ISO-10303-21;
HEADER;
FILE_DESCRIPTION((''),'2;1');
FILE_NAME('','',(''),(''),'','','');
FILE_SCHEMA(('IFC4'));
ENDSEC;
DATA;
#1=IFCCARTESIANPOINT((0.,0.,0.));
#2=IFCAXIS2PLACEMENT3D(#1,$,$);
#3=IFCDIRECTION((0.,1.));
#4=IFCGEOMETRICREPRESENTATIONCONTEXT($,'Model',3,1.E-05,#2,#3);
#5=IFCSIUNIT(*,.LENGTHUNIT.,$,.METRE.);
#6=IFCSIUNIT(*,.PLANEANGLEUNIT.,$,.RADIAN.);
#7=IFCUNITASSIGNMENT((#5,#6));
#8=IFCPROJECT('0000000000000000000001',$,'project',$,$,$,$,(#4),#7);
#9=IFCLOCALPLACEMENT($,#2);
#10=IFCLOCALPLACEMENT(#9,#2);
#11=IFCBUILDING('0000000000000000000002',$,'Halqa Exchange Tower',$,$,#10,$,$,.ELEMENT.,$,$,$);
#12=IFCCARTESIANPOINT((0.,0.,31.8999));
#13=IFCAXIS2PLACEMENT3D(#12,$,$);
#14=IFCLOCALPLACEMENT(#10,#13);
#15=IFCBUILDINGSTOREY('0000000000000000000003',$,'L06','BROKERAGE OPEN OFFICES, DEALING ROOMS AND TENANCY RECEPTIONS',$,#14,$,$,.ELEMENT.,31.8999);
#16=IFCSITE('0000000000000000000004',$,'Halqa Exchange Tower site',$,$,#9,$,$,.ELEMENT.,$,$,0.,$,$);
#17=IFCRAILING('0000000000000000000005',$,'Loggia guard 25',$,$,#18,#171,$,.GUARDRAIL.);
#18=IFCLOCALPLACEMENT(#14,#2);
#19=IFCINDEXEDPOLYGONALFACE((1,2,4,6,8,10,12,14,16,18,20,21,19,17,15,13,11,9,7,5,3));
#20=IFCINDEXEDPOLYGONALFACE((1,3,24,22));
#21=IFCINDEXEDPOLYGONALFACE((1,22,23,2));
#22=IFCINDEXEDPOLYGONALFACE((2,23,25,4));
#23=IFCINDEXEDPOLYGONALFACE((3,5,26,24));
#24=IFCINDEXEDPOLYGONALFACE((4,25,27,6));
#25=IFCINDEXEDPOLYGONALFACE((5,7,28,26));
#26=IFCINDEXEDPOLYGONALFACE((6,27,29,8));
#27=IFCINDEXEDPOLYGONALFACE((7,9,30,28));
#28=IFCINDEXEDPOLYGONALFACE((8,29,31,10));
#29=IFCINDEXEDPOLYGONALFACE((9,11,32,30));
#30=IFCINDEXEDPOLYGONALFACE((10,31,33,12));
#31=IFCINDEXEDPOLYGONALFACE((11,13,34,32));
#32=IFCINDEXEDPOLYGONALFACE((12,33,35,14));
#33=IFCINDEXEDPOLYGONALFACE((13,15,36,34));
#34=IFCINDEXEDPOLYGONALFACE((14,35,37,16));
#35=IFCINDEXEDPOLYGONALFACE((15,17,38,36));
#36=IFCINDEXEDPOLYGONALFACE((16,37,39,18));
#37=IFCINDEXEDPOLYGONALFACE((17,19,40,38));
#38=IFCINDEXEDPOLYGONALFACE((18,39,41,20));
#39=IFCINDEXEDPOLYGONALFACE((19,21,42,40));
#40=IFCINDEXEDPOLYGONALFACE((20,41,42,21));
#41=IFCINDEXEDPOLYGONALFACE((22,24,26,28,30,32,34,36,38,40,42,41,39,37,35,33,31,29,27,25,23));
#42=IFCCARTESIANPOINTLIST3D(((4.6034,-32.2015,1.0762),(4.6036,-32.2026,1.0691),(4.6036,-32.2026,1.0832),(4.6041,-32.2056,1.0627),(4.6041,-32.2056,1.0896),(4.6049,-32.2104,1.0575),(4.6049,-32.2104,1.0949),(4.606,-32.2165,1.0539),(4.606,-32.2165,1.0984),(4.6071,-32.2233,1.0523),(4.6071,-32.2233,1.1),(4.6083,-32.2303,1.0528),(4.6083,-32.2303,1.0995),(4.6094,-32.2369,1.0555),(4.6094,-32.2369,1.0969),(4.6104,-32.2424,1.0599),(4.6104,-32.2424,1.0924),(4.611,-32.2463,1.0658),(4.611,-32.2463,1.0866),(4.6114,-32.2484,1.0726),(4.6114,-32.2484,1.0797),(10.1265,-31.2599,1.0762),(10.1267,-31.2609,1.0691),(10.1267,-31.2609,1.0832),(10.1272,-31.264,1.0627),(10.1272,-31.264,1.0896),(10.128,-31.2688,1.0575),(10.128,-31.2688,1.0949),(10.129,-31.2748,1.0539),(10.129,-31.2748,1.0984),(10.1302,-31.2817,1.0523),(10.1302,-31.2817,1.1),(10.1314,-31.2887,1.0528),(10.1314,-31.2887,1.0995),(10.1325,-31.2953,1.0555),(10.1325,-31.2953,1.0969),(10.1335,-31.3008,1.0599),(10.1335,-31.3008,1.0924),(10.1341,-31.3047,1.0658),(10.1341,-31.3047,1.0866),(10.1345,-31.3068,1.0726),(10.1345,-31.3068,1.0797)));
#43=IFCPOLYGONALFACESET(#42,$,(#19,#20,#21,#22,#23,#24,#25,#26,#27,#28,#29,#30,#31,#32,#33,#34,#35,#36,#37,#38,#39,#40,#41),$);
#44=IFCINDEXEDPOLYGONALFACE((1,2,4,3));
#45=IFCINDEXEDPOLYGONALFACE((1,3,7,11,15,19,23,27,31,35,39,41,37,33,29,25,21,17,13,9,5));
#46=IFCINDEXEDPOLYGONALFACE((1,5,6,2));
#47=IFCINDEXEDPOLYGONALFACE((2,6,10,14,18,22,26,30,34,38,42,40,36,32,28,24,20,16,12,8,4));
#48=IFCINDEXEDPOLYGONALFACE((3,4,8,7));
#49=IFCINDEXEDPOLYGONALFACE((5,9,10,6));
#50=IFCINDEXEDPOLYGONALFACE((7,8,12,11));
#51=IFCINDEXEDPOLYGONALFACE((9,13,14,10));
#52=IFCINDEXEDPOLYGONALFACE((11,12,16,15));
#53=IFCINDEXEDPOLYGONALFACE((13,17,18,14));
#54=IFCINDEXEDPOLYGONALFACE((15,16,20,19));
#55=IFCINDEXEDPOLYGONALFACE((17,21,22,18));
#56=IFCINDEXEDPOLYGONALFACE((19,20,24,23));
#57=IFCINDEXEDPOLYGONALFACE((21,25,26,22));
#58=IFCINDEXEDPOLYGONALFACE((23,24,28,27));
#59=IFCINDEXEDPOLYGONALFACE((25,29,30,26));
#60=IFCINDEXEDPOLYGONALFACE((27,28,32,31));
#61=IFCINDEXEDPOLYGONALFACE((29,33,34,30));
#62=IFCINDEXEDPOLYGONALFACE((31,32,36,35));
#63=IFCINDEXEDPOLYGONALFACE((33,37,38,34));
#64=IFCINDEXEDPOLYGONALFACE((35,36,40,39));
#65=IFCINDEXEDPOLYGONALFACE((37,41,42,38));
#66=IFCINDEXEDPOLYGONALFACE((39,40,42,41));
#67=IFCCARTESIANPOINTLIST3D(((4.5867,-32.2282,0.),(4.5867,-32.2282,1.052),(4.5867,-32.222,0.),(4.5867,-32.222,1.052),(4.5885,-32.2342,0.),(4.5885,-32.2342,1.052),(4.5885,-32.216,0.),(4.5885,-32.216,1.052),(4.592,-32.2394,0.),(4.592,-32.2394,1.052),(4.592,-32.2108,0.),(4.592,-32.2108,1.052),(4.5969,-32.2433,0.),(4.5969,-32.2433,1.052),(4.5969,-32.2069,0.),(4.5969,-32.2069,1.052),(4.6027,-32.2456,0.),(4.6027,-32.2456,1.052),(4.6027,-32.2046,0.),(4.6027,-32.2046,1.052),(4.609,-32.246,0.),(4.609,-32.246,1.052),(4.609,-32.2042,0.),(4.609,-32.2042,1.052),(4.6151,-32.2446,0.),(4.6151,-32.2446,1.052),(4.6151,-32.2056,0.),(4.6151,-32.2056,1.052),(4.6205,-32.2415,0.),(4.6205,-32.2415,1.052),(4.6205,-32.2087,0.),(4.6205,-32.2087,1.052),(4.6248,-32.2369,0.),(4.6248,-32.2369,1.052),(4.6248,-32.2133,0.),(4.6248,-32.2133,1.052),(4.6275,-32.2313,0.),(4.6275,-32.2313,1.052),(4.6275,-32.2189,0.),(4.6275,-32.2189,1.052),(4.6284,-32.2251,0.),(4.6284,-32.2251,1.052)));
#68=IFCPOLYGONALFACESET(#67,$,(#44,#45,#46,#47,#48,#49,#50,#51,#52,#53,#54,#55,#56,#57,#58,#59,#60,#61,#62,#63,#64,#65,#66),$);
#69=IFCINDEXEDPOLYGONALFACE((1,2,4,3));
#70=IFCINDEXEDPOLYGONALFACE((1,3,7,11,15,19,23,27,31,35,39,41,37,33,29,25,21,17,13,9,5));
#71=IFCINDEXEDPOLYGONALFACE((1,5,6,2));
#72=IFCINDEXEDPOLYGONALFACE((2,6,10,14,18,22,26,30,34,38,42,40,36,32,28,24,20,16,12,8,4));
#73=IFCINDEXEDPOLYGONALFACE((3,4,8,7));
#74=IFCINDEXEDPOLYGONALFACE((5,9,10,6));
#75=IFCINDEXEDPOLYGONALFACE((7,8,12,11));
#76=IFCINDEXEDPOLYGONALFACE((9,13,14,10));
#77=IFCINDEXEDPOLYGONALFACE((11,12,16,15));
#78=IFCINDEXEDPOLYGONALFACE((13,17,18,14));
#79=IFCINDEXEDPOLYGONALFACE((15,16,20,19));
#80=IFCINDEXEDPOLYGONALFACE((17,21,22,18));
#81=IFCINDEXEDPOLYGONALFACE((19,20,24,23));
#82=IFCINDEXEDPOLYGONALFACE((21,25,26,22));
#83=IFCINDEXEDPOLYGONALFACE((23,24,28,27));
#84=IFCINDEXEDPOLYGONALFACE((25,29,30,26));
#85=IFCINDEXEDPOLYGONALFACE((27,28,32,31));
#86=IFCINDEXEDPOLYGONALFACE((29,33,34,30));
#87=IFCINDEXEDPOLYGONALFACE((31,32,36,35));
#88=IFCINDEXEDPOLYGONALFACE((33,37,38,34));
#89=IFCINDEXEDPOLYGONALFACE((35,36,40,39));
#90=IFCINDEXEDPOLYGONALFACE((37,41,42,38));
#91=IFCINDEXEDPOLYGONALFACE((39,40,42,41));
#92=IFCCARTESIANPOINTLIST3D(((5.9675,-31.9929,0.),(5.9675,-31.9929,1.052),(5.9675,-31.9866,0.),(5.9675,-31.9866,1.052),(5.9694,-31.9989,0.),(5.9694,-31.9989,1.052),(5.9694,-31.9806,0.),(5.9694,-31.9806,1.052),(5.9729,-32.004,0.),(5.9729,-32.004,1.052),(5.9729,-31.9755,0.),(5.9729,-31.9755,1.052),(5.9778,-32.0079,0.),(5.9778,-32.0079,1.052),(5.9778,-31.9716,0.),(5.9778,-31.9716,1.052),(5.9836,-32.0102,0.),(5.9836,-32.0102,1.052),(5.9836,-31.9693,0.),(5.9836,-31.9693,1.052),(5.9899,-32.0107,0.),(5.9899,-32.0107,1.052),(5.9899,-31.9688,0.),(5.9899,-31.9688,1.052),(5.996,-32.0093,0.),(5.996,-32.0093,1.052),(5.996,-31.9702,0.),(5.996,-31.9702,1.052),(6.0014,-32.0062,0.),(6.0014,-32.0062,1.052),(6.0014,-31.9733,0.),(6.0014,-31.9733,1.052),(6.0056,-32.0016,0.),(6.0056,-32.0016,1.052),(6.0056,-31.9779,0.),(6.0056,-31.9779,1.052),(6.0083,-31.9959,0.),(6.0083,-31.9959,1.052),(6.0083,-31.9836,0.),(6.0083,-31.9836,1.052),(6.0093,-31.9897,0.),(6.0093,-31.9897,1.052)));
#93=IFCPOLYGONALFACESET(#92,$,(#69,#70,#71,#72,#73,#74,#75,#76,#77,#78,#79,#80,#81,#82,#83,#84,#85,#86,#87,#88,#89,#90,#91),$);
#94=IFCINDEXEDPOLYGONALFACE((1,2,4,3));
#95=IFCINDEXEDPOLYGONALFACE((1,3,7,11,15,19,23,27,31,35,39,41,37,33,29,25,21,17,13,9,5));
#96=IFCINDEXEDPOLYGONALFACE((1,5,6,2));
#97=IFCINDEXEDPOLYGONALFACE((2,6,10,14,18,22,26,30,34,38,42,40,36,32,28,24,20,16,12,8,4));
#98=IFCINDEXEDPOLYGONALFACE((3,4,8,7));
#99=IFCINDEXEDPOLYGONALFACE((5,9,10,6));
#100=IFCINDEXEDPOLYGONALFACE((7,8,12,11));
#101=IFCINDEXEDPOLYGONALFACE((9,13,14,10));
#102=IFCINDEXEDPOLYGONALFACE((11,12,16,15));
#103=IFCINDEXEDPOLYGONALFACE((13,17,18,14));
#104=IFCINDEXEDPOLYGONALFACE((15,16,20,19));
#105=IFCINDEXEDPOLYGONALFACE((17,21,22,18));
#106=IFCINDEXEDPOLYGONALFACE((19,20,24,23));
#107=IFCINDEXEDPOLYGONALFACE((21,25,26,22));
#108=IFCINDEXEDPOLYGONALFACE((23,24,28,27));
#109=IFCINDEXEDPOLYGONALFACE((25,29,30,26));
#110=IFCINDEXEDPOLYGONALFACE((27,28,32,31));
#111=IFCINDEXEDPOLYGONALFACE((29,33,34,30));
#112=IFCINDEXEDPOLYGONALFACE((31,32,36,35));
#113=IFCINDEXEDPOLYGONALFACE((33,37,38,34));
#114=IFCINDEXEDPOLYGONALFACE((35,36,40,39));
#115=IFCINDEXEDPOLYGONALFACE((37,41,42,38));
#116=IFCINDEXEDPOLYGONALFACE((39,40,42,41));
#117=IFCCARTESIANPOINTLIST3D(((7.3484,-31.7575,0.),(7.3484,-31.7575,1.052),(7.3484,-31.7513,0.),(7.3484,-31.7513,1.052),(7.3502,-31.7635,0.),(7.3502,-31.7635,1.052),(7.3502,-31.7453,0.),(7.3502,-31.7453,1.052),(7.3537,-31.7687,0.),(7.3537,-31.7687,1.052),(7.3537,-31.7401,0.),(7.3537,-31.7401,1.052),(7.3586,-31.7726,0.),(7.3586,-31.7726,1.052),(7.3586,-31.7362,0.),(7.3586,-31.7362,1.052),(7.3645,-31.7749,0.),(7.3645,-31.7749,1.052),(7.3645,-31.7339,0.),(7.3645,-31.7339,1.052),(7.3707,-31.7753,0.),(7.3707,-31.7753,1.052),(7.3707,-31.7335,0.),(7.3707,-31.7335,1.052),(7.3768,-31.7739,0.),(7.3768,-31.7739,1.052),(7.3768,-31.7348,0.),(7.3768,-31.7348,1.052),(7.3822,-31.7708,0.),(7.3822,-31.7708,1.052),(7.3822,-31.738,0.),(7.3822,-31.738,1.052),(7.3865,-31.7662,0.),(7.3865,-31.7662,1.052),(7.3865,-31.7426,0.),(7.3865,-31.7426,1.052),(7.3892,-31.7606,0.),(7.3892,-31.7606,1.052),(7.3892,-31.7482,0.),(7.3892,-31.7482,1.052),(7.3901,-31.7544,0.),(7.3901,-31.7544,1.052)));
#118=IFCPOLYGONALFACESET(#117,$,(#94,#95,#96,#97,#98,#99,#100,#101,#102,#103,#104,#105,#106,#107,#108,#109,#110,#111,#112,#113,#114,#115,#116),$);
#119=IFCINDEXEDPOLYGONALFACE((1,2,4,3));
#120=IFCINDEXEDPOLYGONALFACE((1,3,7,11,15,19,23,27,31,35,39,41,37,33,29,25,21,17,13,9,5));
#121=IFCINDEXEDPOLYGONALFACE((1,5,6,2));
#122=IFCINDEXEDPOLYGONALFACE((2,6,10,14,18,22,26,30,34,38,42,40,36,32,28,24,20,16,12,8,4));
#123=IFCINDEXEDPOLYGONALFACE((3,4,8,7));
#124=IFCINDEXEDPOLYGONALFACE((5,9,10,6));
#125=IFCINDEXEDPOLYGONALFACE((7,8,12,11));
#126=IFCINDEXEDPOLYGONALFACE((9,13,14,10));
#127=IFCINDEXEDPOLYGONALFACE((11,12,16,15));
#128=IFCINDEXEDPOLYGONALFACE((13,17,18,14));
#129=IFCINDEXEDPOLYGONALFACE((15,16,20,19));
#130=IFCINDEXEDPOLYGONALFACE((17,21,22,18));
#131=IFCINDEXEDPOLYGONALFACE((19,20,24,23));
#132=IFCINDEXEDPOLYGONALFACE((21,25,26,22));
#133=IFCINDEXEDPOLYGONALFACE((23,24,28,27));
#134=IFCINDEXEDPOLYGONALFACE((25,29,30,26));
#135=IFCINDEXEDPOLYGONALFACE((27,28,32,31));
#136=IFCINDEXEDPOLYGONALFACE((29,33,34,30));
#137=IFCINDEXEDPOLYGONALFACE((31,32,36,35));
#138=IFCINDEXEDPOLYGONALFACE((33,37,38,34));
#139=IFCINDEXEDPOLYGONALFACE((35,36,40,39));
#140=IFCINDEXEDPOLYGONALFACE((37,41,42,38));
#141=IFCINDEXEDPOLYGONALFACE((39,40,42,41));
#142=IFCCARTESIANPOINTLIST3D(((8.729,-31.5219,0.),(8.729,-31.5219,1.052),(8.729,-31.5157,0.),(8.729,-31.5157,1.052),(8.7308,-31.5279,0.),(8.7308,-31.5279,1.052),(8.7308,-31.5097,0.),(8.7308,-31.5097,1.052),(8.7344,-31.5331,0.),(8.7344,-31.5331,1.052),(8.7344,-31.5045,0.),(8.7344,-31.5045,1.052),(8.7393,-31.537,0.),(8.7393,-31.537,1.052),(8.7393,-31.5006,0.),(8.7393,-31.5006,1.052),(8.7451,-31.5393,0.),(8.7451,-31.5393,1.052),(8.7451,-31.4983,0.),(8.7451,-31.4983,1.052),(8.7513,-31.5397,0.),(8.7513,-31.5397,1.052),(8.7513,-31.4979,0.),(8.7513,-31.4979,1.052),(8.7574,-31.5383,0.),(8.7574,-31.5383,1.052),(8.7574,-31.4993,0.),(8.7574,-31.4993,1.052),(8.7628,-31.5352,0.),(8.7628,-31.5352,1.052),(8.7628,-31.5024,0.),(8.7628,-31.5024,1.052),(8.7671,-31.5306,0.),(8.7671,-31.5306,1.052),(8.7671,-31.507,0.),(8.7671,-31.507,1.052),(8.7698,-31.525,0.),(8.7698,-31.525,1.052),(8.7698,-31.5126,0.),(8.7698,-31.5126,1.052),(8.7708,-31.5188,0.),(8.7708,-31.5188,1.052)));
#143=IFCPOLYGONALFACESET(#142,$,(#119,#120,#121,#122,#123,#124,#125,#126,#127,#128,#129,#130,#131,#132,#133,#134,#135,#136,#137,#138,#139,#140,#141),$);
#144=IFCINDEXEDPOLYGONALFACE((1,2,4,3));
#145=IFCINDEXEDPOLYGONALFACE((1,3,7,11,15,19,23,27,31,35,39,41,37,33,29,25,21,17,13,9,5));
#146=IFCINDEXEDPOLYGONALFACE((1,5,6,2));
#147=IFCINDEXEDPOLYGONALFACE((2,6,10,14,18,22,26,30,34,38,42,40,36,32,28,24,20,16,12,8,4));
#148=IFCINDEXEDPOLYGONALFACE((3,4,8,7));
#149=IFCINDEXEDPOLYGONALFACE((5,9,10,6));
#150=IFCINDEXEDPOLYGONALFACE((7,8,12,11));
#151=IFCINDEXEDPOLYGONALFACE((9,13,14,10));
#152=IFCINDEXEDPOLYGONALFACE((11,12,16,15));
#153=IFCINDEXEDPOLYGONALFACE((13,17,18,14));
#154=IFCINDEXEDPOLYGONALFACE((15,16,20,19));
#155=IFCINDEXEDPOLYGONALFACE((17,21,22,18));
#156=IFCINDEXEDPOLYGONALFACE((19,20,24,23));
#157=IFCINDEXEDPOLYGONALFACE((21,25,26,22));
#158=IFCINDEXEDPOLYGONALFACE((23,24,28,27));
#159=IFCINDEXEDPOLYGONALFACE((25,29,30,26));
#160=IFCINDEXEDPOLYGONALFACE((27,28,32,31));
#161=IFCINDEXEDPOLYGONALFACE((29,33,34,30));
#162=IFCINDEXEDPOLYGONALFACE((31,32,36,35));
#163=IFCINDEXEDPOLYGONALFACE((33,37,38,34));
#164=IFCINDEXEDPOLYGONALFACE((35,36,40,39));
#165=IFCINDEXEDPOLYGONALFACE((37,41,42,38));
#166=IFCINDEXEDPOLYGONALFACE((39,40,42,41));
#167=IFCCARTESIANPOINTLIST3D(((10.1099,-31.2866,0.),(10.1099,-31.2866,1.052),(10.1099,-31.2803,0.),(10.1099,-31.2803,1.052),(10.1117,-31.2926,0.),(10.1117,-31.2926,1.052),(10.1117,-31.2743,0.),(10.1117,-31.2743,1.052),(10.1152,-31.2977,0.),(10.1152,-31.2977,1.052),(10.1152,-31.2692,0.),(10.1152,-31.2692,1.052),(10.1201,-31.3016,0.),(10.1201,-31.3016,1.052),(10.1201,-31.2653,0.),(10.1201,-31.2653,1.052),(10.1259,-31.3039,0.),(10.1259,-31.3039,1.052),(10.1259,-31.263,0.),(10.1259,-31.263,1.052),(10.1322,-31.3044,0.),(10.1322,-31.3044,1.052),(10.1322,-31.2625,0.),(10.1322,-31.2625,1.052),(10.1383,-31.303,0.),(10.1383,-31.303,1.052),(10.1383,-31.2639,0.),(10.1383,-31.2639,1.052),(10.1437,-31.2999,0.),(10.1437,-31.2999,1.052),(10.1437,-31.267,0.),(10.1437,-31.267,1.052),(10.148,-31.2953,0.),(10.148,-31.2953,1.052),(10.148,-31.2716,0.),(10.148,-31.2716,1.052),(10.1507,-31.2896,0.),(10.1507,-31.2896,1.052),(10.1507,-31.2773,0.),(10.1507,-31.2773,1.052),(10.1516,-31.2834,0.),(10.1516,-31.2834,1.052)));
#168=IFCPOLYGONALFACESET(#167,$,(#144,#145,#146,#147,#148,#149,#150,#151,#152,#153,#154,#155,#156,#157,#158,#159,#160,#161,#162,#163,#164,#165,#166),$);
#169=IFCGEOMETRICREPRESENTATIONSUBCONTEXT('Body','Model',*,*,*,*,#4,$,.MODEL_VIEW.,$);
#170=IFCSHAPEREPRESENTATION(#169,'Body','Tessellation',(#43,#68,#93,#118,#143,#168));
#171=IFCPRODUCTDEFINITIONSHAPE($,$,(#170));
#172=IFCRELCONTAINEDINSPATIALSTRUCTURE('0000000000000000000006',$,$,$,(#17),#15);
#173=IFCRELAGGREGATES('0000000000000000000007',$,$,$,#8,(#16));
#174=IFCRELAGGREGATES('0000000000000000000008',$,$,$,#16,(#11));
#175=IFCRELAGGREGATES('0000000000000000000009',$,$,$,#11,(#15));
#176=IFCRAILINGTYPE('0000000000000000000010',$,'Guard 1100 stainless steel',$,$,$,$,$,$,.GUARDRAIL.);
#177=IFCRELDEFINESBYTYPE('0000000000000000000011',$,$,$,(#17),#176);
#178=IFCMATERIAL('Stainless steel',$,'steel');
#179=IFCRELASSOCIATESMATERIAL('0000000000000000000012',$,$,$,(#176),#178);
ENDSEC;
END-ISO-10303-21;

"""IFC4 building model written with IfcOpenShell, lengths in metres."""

from ifc_helpers import new_model, si_unit, direction, frame, origin, origin_2d, place, context, subcontext, project, spatial, circle, extrude, material, type_object, element, save


model = new_model("IFC4")

# Units and contexts
model_context = context("Model", 3, precision=1e-05, world=origin(), true_north=direction((0.0, 1.0)))
body_context = subcontext(model_context, "Body", "Model", "MODEL_VIEW")
ifc_project = project(units=[si_unit("LENGTHUNIT", "METRE"), si_unit("PLANEANGLEUNIT", "RADIAN")], contexts=[model_context])

# Site, building, storey
site_placement = place(None, origin())
site = spatial("IfcSite", under=ifc_project, at=site_placement, Name="Halqa Exchange Tower site", CompositionType="ELEMENT", RefElevation=0.0)
building_placement = place(site_placement, origin())
building = spatial("IfcBuilding", under=site, at=building_placement, Name="Halqa Exchange Tower", CompositionType="ELEMENT")
storey_placement = place(building_placement, frame((0.0, 0.0, 31.8999)))
storey = spatial("IfcBuildingStorey", under=building, at=storey_placement, Name="L06", Description="BROKERAGE OPEN OFFICES, DEALING ROOMS AND TENANCY RECEPTIONS", CompositionType="ELEMENT", Elevation=31.8999)

# Railing
ifc_material_1 = material(Name="Stainless steel", Category="steel")
railing_type = type_object("IfcRailingType", Name="Guard 1100 stainless steel", PredefinedType="GUARDRAIL", material=ifc_material_1)
railing_placement = place(storey_placement, frame((4.6074, -32.2251, 0.0)))
element("IfcRailing", 1, at=railing_placement, inside=storey, type_object=railing_type, Name="Loggia guard 25", PredefinedType="GUARDRAIL", context=body_context, shape_type="SweptSolid", body=[
    extrude(circle(Radius=0.0239, at=origin_2d()), frame((0.0, 0.0, 1.0762), z_axis=(0.985776, 0.168065, 0.0), x_axis=(-0.168065, 0.985776, 0.0)), (0.0, 0.0, 1.0), 5.6028),
    extrude(circle(Radius=0.021, at=origin_2d()), origin(), (0.0, 0.0, 1.0), 1.052),
    extrude(circle(Radius=0.021, at=origin_2d()), frame((1.3809, 0.2354, 0.0)), (0.0, 0.0, 1.0), 1.052),
    extrude(circle(Radius=0.021, at=origin_2d()), frame((2.7617, 0.4707, 0.0)), (0.0, 0.0, 1.0), 1.052),
    extrude(circle(Radius=0.021, at=origin_2d()), frame((4.1423, 0.7063, 0.0)), (0.0, 0.0, 1.0), 1.052),
    extrude(circle(Radius=0.021, at=origin_2d()), frame((5.5232, 0.9417, 0.0)), (0.0, 0.0, 1.0), 1.052),
])

save(model, "model.ifc")
